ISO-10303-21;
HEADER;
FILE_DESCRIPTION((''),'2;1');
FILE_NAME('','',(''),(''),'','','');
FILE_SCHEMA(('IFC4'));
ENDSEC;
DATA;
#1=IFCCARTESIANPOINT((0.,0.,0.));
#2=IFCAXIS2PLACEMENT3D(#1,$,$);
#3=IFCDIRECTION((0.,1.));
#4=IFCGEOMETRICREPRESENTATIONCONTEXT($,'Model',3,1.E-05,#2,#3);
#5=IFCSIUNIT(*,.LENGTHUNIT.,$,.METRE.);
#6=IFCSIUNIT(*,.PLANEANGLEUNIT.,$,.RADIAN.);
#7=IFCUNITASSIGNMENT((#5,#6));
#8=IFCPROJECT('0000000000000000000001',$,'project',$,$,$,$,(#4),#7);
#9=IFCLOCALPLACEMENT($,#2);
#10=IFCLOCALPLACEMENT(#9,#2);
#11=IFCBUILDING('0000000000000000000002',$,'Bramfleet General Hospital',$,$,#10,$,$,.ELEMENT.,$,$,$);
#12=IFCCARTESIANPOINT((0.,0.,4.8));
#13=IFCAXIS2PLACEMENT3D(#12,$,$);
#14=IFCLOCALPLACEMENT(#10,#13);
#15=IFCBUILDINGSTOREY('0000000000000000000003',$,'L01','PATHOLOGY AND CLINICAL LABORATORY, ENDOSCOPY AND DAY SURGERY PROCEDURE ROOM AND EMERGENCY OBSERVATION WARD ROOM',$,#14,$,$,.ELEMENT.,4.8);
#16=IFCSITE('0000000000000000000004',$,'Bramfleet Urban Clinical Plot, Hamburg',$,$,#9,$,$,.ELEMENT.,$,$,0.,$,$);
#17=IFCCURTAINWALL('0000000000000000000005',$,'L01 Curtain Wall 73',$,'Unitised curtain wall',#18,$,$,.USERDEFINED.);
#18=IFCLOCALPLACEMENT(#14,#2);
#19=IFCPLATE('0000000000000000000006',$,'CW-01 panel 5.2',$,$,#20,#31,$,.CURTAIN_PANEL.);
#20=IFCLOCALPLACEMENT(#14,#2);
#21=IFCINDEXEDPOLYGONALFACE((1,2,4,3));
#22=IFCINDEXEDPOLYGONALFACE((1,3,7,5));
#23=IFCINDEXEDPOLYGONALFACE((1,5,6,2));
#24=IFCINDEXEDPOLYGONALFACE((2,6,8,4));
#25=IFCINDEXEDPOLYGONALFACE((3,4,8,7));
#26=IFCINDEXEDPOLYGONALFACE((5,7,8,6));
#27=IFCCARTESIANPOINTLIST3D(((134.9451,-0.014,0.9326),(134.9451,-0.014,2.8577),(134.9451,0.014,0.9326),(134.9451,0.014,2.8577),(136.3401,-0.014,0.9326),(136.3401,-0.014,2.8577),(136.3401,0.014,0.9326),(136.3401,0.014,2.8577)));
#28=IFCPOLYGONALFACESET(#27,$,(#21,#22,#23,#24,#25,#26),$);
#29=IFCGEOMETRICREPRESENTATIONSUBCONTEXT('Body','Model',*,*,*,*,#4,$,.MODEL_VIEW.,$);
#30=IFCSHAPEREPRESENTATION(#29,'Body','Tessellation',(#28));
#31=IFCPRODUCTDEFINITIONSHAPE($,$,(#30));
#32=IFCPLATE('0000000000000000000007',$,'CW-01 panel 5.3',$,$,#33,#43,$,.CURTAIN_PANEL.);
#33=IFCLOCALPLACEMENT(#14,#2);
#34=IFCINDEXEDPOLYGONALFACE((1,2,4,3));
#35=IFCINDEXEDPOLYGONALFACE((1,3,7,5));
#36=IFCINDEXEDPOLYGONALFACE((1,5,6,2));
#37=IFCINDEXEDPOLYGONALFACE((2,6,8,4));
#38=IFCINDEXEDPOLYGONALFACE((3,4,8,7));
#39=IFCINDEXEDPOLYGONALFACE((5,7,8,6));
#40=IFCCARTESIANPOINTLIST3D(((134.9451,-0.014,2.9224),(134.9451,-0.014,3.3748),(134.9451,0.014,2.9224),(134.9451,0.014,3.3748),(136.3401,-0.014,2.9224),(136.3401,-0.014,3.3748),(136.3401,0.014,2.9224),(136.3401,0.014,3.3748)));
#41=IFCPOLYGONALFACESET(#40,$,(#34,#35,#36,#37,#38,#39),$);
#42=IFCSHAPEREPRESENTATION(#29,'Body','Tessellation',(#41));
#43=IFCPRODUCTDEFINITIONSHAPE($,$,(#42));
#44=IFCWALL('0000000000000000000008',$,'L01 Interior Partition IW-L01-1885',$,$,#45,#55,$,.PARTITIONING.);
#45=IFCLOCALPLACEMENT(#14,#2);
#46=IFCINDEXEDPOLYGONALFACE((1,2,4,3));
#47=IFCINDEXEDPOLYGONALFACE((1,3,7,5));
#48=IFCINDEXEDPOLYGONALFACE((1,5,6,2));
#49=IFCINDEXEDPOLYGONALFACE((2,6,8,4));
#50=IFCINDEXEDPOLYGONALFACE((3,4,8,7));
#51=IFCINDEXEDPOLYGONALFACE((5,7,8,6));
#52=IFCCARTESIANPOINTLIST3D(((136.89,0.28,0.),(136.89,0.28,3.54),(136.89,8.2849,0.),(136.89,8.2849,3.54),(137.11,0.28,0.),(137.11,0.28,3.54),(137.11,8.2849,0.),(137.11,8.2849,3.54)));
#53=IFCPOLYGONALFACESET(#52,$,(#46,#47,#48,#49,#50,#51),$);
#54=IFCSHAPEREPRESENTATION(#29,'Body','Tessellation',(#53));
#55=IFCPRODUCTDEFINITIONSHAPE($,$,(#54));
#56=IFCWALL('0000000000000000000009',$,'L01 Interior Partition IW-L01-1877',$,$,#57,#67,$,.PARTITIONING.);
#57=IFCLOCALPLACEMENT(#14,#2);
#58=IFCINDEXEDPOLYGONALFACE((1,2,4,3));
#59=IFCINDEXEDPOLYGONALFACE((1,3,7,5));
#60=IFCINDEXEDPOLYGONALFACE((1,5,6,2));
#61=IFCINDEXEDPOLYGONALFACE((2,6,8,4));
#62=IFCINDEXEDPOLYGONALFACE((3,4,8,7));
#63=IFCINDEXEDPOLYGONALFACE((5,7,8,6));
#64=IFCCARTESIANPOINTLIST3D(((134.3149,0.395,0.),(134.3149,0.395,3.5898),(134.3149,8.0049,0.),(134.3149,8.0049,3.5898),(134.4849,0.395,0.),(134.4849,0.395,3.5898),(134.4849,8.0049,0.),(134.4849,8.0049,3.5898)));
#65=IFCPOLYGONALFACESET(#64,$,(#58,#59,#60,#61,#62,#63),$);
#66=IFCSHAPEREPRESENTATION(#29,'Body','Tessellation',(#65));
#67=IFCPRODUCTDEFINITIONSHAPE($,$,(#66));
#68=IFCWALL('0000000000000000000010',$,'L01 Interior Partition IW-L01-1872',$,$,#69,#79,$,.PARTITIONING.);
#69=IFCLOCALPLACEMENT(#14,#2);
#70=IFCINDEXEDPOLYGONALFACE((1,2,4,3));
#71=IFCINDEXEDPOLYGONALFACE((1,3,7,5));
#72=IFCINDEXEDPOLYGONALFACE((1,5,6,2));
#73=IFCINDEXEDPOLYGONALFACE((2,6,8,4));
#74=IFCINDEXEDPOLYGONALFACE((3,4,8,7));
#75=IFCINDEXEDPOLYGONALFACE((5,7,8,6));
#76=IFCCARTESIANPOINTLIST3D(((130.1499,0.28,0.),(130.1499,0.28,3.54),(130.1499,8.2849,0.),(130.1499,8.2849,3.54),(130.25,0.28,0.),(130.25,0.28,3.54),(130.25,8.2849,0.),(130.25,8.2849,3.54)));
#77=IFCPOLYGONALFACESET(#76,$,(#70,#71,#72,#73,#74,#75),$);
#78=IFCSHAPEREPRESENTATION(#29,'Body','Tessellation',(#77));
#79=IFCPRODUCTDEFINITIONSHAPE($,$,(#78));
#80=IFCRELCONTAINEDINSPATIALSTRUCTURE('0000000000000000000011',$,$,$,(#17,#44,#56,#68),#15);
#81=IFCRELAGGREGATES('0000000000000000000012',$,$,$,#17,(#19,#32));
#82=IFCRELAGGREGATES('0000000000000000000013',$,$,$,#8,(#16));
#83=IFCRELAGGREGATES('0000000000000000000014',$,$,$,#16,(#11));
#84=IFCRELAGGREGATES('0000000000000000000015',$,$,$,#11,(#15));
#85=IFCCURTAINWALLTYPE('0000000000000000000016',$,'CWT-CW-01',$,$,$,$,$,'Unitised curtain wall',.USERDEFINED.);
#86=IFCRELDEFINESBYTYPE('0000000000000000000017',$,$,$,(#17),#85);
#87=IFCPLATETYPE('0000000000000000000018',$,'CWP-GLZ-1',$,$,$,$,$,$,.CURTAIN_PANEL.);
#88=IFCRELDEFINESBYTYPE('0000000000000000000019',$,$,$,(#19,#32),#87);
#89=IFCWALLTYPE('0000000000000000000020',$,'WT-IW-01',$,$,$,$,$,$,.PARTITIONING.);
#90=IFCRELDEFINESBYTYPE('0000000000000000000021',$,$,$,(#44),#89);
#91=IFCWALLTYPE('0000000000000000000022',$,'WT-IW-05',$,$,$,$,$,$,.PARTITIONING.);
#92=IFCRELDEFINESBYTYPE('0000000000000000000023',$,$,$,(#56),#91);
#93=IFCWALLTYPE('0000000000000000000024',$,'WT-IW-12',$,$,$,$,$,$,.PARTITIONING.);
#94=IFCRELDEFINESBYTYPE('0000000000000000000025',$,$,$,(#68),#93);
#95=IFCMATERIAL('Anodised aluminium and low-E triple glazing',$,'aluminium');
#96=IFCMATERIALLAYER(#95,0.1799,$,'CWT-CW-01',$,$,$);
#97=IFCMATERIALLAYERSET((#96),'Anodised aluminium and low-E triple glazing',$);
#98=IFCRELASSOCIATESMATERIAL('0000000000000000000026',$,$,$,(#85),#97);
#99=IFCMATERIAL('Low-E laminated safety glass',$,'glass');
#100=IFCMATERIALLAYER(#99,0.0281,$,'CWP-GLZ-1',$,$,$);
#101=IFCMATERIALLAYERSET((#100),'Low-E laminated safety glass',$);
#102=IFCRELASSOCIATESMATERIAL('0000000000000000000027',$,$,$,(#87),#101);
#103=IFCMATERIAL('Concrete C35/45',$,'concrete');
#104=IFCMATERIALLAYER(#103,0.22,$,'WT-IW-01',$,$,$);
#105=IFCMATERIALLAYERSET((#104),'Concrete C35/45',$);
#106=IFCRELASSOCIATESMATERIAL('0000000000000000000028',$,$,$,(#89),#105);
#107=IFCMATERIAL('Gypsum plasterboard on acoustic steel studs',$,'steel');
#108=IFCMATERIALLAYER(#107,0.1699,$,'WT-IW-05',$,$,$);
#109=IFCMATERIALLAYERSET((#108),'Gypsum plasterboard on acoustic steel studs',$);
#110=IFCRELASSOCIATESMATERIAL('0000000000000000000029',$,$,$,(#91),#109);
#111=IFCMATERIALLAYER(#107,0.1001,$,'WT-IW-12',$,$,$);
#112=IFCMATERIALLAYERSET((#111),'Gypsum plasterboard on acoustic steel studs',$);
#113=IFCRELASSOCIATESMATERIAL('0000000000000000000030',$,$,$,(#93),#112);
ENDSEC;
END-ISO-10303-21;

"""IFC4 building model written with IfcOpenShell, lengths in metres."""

from ifc_helpers import new_model, si_unit, direction, frame, frame_2d, origin, origin_2d, place, context, subcontext, project, spatial, rectangle, extrude, material, layer, layer_set, type_object, element, aggregate, save


model = new_model("IFC4")

# Units and contexts
model_context = context("Model", 3, precision=1e-05, world=origin(), true_north=direction((0.0, 1.0)))
body_context = subcontext(model_context, "Body", "Model", "MODEL_VIEW")
ifc_project = project(units=[si_unit("LENGTHUNIT", "METRE"), si_unit("PLANEANGLEUNIT", "RADIAN")], contexts=[model_context])

# Site, building, storey
site_placement = place(None, origin())
site = spatial("IfcSite", under=ifc_project, at=site_placement, Name="Bramfleet Urban Clinical Plot, Hamburg", CompositionType="ELEMENT", RefElevation=0.0)
building_placement = place(site_placement, origin())
building = spatial("IfcBuilding", under=site, at=building_placement, Name="Bramfleet General Hospital", CompositionType="ELEMENT")
storey_placement = place(building_placement, frame((0.0, 0.0, 4.8)))
storey = spatial("IfcBuildingStorey", under=building, at=storey_placement, Name="L01", Description="PATHOLOGY AND CLINICAL LABORATORY, ENDOSCOPY AND DAY SURGERY PROCEDURE ROOM AND EMERGENCY OBSERVATION WARD ROOM", CompositionType="ELEMENT", Elevation=4.8)

# Shared definitions
ifc_material_1 = material(Name="Concrete C35/45", Category="concrete")

# Curtain wall
ifc_material_2 = material(Name="Anodised aluminium and low-E triple glazing", Category="aluminium")
ifc_layer_1 = layer(ifc_material_2, 0.1799, Name="CWT-CW-01")
ifc_layer_set_1 = layer_set([ifc_layer_1], Name="Anodised aluminium and low-E triple glazing")
curtain_wall_type_1 = type_object("IfcCurtainWallType", Name="CWT-CW-01", ElementType="Unitised curtain wall", PredefinedType="USERDEFINED", material=ifc_layer_set_1)
curtain_wall_1_placement = place(storey_placement, origin())
curtain_wall_1 = element("IfcCurtainWall", 1, at=curtain_wall_1_placement, inside=storey, type_object=curtain_wall_type_1, Name="L01 Curtain Wall 73", ObjectType="Unitised curtain wall", PredefinedType="USERDEFINED")

# Plates
ifc_material_3 = material(Name="Low-E laminated safety glass", Category="glass")
ifc_layer_2 = layer(ifc_material_3, 0.0281, Name="CWP-GLZ-1")
ifc_layer_set_2 = layer_set([ifc_layer_2], Name="Low-E laminated safety glass")
plate_type = type_object("IfcPlateType", Name="CWP-GLZ-1", PredefinedType="CURTAIN_PANEL", material=ifc_layer_set_2)
plate_1_placement = place(storey_placement, frame((135.6426, 0.0, 0.9326), z_axis=(0.0, 0.0, 1.0), x_axis=(-1.0, 0.0, 0.0)))
plate_1 = element("IfcPlate", 2, at=plate_1_placement, type_object=plate_type, Name="CW-01 panel 5.2", PredefinedType="CURTAIN_PANEL", context=body_context, shape_type="SweptSolid", body=[
    extrude(rectangle(XDim=1.395, YDim=0.0281, at=origin_2d()), origin(), (0.0, 0.0, 1.0), 1.925),
])
plate_2_placement = place(storey_placement, frame((135.6426, 0.0, 2.9224), z_axis=(0.0, 0.0, 1.0), x_axis=(-1.0, 0.0, 0.0)))
plate_2 = element("IfcPlate", 3, at=plate_2_placement, type_object=plate_type, Name="CW-01 panel 5.3", PredefinedType="CURTAIN_PANEL", context=body_context, shape_type="SweptSolid", body=[
    extrude(rectangle(XDim=1.395, YDim=0.0281, at=origin_2d()), origin(), (0.0, 0.0, 1.0), 0.4524),
])
aggregate(curtain_wall_1, [plate_1, plate_2])

# Walls
ifc_layer_3 = layer(ifc_material_1, 0.22, Name="WT-IW-01")
ifc_layer_set_3 = layer_set([ifc_layer_3], Name="Concrete C35/45")
wall_type_1 = type_object("IfcWallType", Name="WT-IW-01", PredefinedType="PARTITIONING", material=ifc_layer_set_3)
wall_1_placement = place(storey_placement, frame((137.0, 0.28, 0.0), z_axis=(0.0, 0.0, 1.0), x_axis=(0.0, 1.0, 0.0)))
element("IfcWall", 4, at=wall_1_placement, inside=storey, type_object=wall_type_1, Name="L01 Interior Partition IW-L01-1885", PredefinedType="PARTITIONING", context=body_context, shape_type="SweptSolid", body=[
    extrude(rectangle(XDim=8.0049, YDim=0.22, at=frame_2d((4.0024, 0.0))), origin(), (0.0, 0.0, 1.0), 3.54),
])
ifc_material_4 = material(Name="Gypsum plasterboard on acoustic steel studs", Category="steel")
ifc_layer_4 = layer(ifc_material_4, 0.1699, Name="WT-IW-05")
ifc_layer_set_4 = layer_set([ifc_layer_4], Name="Gypsum plasterboard on acoustic steel studs")
wall_type_2 = type_object("IfcWallType", Name="WT-IW-05", PredefinedType="PARTITIONING", material=ifc_layer_set_4)
wall_2_placement = place(storey_placement, frame((134.3999, 0.395, 0.0), z_axis=(0.0, 0.0, 1.0), x_axis=(0.0, 1.0, 0.0)))
element("IfcWall", 5, at=wall_2_placement, inside=storey, type_object=wall_type_2, Name="L01 Interior Partition IW-L01-1877", PredefinedType="PARTITIONING", context=body_context, shape_type="SweptSolid", body=[
    extrude(rectangle(XDim=7.6099, YDim=0.1699, at=frame_2d((3.8049, 0.0))), origin(), (0.0, 0.0, 1.0), 3.5898),
])
ifc_layer_5 = layer(ifc_material_4, 0.1001, Name="WT-IW-12")
ifc_layer_set_5 = layer_set([ifc_layer_5], Name="Gypsum plasterboard on acoustic steel studs")
wall_type_3 = type_object("IfcWallType", Name="WT-IW-12", PredefinedType="PARTITIONING", material=ifc_layer_set_5)
wall_3_placement = place(storey_placement, frame((130.2, 0.28, 0.0), z_axis=(0.0, 0.0, 1.0), x_axis=(0.0, 1.0, 0.0)))
element("IfcWall", 6, at=wall_3_placement, inside=storey, type_object=wall_type_3, Name="L01 Interior Partition IW-L01-1872", PredefinedType="PARTITIONING", context=body_context, shape_type="SweptSolid", body=[
    extrude(rectangle(XDim=8.0049, YDim=0.1001, at=frame_2d((4.0024, 0.0))), origin(), (0.0, 0.0, 1.0), 3.54),
])

save(model, "model.ifc")
